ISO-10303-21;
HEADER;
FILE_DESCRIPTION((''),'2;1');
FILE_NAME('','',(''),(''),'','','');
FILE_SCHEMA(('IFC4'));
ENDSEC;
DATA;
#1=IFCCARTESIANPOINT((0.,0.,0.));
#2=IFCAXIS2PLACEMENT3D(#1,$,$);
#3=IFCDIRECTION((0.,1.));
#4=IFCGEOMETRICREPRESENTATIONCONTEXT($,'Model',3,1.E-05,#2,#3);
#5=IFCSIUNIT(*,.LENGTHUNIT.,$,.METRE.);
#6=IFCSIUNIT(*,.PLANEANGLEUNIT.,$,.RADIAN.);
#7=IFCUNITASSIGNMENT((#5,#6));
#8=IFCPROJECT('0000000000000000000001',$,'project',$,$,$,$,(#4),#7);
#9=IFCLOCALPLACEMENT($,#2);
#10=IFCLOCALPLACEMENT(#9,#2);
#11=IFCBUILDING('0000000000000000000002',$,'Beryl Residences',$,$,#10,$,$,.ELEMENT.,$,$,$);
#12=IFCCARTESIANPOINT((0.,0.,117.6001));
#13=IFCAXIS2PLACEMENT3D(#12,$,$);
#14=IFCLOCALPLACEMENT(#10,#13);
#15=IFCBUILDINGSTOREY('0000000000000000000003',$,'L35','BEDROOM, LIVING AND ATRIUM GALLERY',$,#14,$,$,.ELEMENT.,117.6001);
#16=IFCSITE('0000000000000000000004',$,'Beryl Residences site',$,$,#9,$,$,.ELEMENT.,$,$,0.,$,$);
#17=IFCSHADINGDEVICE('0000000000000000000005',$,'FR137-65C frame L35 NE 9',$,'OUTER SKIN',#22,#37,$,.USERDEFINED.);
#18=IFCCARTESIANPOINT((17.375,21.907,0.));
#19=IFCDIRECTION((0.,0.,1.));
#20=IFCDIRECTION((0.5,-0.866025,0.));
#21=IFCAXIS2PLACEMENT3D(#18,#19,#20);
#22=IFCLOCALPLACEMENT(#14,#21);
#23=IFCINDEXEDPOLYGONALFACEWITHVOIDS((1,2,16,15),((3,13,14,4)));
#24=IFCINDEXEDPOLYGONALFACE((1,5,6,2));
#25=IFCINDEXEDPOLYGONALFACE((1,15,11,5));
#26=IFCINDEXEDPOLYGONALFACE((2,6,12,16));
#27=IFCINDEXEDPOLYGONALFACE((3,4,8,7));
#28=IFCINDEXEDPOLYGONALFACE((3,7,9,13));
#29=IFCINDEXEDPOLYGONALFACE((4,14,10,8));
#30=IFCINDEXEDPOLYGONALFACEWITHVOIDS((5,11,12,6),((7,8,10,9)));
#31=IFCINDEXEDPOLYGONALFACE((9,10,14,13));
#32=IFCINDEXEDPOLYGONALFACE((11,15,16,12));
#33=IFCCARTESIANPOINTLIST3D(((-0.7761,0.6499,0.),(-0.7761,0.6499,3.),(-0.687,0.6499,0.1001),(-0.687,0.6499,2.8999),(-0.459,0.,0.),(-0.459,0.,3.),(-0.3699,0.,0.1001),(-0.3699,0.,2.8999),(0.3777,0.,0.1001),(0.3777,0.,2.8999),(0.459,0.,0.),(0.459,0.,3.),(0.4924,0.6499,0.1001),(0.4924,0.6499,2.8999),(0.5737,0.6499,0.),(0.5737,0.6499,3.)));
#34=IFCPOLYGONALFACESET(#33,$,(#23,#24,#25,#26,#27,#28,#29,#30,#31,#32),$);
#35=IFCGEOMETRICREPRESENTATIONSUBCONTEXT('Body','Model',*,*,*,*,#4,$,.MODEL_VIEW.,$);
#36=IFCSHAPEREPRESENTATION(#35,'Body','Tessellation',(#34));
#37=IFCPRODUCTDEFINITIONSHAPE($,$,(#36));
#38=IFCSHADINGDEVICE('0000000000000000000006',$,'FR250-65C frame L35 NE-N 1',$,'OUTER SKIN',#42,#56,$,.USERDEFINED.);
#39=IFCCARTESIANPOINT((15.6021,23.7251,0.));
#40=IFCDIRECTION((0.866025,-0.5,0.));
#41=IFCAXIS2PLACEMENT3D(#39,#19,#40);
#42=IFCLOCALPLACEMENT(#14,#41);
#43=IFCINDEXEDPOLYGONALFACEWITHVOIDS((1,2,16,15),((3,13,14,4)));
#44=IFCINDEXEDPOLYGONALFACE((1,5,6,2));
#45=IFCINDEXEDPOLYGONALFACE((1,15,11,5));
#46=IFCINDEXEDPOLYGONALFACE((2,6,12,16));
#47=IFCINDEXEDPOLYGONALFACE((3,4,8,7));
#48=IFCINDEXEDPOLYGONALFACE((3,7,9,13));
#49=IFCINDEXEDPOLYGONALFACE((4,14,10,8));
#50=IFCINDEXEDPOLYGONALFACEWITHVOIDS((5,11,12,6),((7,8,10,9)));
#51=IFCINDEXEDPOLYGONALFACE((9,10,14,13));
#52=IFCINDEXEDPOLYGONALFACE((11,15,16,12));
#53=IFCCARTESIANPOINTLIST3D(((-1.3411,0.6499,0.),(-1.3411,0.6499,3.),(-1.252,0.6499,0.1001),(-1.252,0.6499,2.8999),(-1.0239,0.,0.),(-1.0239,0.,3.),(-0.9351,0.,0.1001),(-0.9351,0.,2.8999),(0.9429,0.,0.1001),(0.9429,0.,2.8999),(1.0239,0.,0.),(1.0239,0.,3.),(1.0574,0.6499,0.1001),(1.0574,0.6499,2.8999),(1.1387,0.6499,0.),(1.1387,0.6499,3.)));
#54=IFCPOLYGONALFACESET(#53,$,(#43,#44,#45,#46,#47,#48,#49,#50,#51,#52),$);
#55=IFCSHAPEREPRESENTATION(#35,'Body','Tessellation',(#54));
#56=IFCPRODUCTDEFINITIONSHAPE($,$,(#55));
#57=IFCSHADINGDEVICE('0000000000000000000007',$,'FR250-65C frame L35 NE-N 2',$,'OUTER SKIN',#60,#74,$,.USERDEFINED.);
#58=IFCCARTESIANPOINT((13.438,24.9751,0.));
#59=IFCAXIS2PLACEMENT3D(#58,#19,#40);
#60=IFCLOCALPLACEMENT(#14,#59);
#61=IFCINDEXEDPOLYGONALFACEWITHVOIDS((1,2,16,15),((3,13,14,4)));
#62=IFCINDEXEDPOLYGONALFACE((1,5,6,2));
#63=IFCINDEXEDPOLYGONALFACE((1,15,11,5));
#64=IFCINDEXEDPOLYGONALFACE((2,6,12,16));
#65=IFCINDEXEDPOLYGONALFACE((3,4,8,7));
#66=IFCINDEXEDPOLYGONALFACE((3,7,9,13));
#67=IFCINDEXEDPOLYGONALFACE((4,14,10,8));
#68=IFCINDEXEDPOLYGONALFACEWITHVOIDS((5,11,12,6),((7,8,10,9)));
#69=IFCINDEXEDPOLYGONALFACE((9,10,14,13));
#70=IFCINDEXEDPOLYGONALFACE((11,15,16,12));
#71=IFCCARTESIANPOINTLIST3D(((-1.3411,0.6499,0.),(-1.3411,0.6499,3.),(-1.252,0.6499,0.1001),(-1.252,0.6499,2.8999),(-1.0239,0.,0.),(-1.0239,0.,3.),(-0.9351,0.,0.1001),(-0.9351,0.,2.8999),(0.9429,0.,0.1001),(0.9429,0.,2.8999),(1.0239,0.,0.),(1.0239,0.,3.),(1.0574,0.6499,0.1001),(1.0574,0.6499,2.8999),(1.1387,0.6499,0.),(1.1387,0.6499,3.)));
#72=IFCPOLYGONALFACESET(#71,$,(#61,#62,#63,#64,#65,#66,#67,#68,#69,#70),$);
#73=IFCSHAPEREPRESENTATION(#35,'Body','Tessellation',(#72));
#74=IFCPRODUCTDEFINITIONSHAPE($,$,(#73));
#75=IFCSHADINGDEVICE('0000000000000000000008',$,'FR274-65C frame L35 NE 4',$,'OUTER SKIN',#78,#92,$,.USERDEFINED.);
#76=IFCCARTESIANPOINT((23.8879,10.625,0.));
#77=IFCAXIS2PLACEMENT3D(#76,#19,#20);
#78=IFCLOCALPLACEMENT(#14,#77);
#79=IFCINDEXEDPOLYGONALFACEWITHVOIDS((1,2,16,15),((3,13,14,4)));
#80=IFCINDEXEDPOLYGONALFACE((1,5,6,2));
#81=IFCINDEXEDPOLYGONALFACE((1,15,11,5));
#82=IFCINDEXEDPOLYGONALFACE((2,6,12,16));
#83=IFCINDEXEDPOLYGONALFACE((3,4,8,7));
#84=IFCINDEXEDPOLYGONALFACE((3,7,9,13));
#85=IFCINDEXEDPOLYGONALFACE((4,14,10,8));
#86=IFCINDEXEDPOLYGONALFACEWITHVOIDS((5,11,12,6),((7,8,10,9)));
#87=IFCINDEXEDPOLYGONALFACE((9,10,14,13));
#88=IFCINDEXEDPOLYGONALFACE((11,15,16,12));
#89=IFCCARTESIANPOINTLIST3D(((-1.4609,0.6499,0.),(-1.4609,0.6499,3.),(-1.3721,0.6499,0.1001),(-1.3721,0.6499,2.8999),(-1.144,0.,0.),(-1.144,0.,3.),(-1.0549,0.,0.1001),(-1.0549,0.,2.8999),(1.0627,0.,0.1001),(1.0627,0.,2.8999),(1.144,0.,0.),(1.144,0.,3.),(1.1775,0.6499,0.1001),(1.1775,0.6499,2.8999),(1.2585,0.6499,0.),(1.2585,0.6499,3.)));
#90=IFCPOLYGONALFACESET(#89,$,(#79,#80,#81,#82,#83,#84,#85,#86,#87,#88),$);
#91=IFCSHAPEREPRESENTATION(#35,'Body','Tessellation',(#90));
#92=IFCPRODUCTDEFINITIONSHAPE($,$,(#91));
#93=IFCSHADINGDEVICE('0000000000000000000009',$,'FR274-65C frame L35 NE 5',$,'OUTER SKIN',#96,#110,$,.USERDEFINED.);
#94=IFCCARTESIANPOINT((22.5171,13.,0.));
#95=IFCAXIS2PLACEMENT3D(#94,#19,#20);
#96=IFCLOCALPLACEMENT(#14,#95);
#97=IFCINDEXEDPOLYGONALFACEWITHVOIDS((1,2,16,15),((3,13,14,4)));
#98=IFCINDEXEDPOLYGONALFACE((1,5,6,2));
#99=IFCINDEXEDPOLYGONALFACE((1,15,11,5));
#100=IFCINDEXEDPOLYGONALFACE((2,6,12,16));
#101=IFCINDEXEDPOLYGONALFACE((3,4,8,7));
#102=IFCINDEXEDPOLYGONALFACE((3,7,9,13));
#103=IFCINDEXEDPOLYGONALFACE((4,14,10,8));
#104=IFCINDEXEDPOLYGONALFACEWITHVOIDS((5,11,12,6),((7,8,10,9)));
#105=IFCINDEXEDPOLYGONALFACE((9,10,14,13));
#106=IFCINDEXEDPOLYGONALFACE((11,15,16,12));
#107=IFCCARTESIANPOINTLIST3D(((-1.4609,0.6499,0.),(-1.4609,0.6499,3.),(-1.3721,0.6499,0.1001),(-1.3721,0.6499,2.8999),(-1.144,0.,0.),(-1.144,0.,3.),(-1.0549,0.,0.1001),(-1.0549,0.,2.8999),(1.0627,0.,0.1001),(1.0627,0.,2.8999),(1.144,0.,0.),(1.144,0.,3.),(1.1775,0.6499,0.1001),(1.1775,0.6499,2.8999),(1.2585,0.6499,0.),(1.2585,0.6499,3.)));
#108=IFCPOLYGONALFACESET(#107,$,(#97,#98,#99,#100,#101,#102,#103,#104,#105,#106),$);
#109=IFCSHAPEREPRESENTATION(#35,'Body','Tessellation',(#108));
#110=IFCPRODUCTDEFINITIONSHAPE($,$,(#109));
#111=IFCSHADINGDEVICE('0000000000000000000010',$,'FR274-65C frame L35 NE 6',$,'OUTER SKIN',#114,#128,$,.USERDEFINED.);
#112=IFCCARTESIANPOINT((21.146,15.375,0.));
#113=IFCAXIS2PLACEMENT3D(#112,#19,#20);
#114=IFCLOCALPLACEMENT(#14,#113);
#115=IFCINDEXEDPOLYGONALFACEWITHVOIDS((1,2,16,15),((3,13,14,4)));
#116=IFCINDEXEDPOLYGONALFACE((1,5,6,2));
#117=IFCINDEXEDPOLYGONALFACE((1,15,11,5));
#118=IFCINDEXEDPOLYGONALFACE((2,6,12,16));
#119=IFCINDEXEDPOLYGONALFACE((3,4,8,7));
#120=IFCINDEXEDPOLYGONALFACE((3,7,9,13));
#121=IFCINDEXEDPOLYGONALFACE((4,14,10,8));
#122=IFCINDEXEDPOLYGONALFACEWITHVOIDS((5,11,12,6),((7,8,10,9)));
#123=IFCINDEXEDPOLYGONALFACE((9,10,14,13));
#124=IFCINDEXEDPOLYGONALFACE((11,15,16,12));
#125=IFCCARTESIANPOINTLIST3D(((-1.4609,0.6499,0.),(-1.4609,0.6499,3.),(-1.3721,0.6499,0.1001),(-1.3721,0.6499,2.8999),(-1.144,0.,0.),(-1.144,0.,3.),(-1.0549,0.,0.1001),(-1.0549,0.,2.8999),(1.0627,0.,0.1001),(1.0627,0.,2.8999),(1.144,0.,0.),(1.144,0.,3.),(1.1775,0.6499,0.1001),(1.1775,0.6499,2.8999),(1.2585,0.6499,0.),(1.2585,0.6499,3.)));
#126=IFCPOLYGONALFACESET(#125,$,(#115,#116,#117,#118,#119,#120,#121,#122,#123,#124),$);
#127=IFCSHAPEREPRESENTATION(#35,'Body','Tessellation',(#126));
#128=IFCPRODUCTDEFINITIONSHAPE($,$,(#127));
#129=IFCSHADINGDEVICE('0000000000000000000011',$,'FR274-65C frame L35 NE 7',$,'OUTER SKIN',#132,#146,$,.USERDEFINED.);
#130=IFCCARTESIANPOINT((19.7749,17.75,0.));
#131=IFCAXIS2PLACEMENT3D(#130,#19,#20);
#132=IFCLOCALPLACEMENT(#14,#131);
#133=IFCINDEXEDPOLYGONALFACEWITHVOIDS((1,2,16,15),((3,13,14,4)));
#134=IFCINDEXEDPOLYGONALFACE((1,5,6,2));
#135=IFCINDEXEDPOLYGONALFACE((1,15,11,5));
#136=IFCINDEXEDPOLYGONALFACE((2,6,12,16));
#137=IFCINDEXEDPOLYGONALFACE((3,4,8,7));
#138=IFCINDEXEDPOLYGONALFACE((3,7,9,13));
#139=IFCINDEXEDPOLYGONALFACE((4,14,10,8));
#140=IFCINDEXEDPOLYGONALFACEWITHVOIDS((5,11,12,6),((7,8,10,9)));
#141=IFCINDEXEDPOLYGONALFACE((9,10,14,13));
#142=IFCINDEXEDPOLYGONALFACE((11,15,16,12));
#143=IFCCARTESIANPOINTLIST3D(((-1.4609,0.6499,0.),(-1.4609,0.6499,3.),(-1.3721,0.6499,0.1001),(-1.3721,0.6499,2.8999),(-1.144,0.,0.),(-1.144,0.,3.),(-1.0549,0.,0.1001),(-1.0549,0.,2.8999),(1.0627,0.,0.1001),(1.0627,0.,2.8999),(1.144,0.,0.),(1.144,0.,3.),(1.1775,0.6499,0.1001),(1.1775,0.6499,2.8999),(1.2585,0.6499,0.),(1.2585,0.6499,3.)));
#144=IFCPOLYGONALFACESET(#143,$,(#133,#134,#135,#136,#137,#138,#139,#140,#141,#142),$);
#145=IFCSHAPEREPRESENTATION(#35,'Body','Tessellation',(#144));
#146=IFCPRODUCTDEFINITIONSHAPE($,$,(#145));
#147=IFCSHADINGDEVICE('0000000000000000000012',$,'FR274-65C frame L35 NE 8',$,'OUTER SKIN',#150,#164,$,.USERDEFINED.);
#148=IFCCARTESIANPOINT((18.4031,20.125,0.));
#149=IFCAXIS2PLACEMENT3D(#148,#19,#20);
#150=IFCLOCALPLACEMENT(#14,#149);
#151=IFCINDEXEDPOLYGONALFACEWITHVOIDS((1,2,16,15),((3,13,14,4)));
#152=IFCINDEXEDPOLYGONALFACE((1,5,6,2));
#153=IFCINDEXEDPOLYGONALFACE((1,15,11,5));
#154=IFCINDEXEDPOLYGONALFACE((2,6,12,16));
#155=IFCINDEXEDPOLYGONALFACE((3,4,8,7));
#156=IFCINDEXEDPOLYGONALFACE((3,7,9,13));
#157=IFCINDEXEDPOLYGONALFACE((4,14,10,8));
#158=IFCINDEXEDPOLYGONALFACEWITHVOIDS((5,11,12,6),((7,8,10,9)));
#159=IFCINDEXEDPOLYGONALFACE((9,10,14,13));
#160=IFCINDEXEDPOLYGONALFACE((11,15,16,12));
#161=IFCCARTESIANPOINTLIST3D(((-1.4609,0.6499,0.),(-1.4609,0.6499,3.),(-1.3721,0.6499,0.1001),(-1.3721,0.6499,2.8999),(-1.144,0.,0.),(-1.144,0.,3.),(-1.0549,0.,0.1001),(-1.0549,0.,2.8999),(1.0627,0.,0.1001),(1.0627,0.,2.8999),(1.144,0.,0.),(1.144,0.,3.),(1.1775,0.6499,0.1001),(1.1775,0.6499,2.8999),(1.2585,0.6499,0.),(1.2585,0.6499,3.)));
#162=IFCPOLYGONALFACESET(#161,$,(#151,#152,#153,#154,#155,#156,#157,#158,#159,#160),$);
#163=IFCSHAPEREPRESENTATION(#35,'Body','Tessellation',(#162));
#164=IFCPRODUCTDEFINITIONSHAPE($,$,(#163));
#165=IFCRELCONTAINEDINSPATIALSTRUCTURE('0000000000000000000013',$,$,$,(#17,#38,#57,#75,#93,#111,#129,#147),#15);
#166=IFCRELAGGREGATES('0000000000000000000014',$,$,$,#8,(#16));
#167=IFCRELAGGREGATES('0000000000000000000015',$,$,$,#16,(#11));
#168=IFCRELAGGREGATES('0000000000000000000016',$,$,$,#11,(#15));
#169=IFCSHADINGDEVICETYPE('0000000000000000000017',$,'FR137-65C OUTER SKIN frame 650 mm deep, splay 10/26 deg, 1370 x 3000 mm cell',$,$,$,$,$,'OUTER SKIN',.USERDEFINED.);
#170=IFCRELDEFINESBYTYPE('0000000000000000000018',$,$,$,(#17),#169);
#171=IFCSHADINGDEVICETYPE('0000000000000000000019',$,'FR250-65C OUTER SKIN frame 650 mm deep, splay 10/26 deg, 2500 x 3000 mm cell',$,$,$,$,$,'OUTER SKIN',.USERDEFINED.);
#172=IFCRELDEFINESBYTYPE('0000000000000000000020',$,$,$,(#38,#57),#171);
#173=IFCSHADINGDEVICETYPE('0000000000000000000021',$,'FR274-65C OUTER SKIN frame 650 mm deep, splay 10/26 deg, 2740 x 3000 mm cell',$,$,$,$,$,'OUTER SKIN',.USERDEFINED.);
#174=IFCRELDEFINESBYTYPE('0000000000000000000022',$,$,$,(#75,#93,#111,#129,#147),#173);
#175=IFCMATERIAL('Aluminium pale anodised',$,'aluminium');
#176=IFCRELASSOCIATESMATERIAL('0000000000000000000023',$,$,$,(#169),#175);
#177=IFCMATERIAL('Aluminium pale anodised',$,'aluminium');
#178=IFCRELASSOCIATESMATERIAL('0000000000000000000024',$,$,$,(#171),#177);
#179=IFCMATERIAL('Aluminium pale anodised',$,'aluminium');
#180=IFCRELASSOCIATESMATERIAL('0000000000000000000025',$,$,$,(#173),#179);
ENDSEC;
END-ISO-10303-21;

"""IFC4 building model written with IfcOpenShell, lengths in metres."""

from ifc_helpers import new_model, entity, si_unit, direction, frame, origin, place, context, subcontext, project, spatial, source, transform, mapped, material, type_object, type_shapes, element, save


model = new_model("IFC4")

# Units and contexts
model_context = context("Model", 3, precision=1e-05, world=origin(), true_north=direction((0.0, 1.0)))
body_context = subcontext(model_context, "Body", "Model", "MODEL_VIEW")
ifc_project = project(units=[si_unit("LENGTHUNIT", "METRE"), si_unit("PLANEANGLEUNIT", "RADIAN")], contexts=[model_context])

# Site, building, storey
site_placement = place(None, origin())
site = spatial("IfcSite", under=ifc_project, at=site_placement, Name="Beryl Residences site", CompositionType="ELEMENT", RefElevation=0.0)
building_placement = place(site_placement, origin())
building = spatial("IfcBuilding", under=site, at=building_placement, Name="Beryl Residences", CompositionType="ELEMENT")
storey_placement = place(building_placement, frame((0.0, 0.0, 117.6001)))
storey = spatial("IfcBuildingStorey", under=building, at=storey_placement, Name="L35", Description="BEDROOM, LIVING AND ATRIUM GALLERY", CompositionType="ELEMENT", Elevation=117.6001)

# Shading devices
ifc_material_1 = material(Name="Aluminium pale anodised", Category="aluminium")
shading_device_type_1 = type_object("IfcShadingDeviceType", Name="FR137-65C OUTER SKIN frame 650 mm deep, splay 10/26 deg, 1370 x 3000 mm cell", ElementType="OUTER SKIN", PredefinedType="USERDEFINED", material=ifc_material_1)
cartesian_point_1 = entity("IfcCartesianPoint", [-0.459, 0.0])
cartesian_point_2 = entity("IfcCartesianPoint", [-0.3777, 0.1001])
cartesian_point_3 = entity("IfcCartesianPoint", [-0.5737, 0.0])
cartesian_point_4 = entity("IfcCartesianPoint", [-0.4924, 0.1001])
shared_shape_1 = source(origin(), body_context, "Body", "SweptSolid", [
    entity("IfcExtrudedAreaSolidTapered", entity("IfcArbitraryProfileDefWithVoids", "AREA", None, entity("IfcPolyline", [cartesian_point_1, entity("IfcCartesianPoint", [0.459, 0.0]), entity("IfcCartesianPoint", [0.459, 3.0]), entity("IfcCartesianPoint", [-0.459, 3.0]), cartesian_point_1]), [entity("IfcPolyline", [cartesian_point_2, entity("IfcCartesianPoint", [0.3699, 0.1001]), entity("IfcCartesianPoint", [0.3699, 2.8999]), entity("IfcCartesianPoint", [-0.3777, 2.8999]), cartesian_point_2])]), entity("IfcAxis2Placement3D", entity("IfcCartesianPoint", [0.0, 0.0, 0.0]), entity("IfcDirection", [0.0, 1.0, 0.0]), entity("IfcDirection", [-1.0, 0.0, 0.0])), entity("IfcDirection", [0.0, 0.0, 1.0]), 0.6499, entity("IfcArbitraryProfileDefWithVoids", "AREA", None, entity("IfcPolyline", [cartesian_point_3, entity("IfcCartesianPoint", [0.7761, 0.0]), entity("IfcCartesianPoint", [0.7761, 3.0]), entity("IfcCartesianPoint", [-0.5737, 3.0]), cartesian_point_3]), [entity("IfcPolyline", [cartesian_point_4, entity("IfcCartesianPoint", [0.687, 0.1001]), entity("IfcCartesianPoint", [0.687, 2.8999]), entity("IfcCartesianPoint", [-0.4924, 2.8999]), cartesian_point_4])])),
])
type_shapes(shading_device_type_1, [shared_shape_1])
shading_device_placement = place(storey_placement, frame((17.375, 21.907, 0.0), z_axis=(0.0, 0.0, 1.0), x_axis=(0.5, -0.866025, 0.0)))
element("IfcShadingDevice", 1, at=shading_device_placement, inside=storey, type_object=shading_device_type_1, Name="FR137-65C frame L35 NE 9", ObjectType="OUTER SKIN", PredefinedType="USERDEFINED", context=body_context, shape_type="MappedRepresentation", body=[
    mapped(shared_shape_1, transform((0.0, 0.0, 0.0))),
])
ifc_material_2 = material(Name="Aluminium pale anodised", Category="aluminium")
shading_device_type_2 = type_object("IfcShadingDeviceType", Name="FR250-65C OUTER SKIN frame 650 mm deep, splay 10/26 deg, 2500 x 3000 mm cell", ElementType="OUTER SKIN", PredefinedType="USERDEFINED", material=ifc_material_2)
cartesian_point_5 = entity("IfcCartesianPoint", [-1.0239, 0.0])
cartesian_point_6 = entity("IfcCartesianPoint", [-0.9429, 0.1001])
cartesian_point_7 = entity("IfcCartesianPoint", [-1.1387, 0.0])
cartesian_point_8 = entity("IfcCartesianPoint", [-1.0574, 0.1001])
shared_shape_2 = source(origin(), body_context, "Body", "SweptSolid", [
    entity("IfcExtrudedAreaSolidTapered", entity("IfcArbitraryProfileDefWithVoids", "AREA", None, entity("IfcPolyline", [cartesian_point_5, entity("IfcCartesianPoint", [1.0239, 0.0]), entity("IfcCartesianPoint", [1.0239, 3.0]), entity("IfcCartesianPoint", [-1.0239, 3.0]), cartesian_point_5]), [entity("IfcPolyline", [cartesian_point_6, entity("IfcCartesianPoint", [0.9351, 0.1001]), entity("IfcCartesianPoint", [0.9351, 2.8999]), entity("IfcCartesianPoint", [-0.9429, 2.8999]), cartesian_point_6])]), entity("IfcAxis2Placement3D", entity("IfcCartesianPoint", [0.0, 0.0, 0.0]), entity("IfcDirection", [0.0, 1.0, 0.0]), entity("IfcDirection", [-1.0, 0.0, 0.0])), entity("IfcDirection", [0.0, 0.0, 1.0]), 0.6499, entity("IfcArbitraryProfileDefWithVoids", "AREA", None, entity("IfcPolyline", [cartesian_point_7, entity("IfcCartesianPoint", [1.3411, 0.0]), entity("IfcCartesianPoint", [1.3411, 3.0]), entity("IfcCartesianPoint", [-1.1387, 3.0]), cartesian_point_7]), [entity("IfcPolyline", [cartesian_point_8, entity("IfcCartesianPoint", [1.252, 0.1001]), entity("IfcCartesianPoint", [1.252, 2.8999]), entity("IfcCartesianPoint", [-1.0574, 2.8999]), cartesian_point_8])])),
])
type_shapes(shading_device_type_2, [shared_shape_2])
for number, where, z_axis, x_axis, name in (
    (2, (15.6021, 23.7251, 0.0), (0.0, 0.0, 1.0), (0.866025, -0.5, 0.0), "FR250-65C frame L35 NE-N 1"),
    (3, (13.438, 24.9751, 0.0), (0.0, 0.0, 1.0), (0.866025, -0.5, 0.0), "FR250-65C frame L35 NE-N 2"),
):
    element("IfcShadingDevice", number, at=place(storey_placement, frame(where, z_axis=z_axis, x_axis=x_axis)), inside=storey, type_object=shading_device_type_2, Name=name, ObjectType="OUTER SKIN", PredefinedType="USERDEFINED", context=body_context, shape_type="MappedRepresentation", body=[
        mapped(shared_shape_2, transform((0.0, 0.0, 0.0))),
    ])
ifc_material_3 = material(Name="Aluminium pale anodised", Category="aluminium")
shading_device_type_3 = type_object("IfcShadingDeviceType", Name="FR274-65C OUTER SKIN frame 650 mm deep, splay 10/26 deg, 2740 x 3000 mm cell", ElementType="OUTER SKIN", PredefinedType="USERDEFINED", material=ifc_material_3)
cartesian_point_9 = entity("IfcCartesianPoint", [-1.144, 0.0])
cartesian_point_10 = entity("IfcCartesianPoint", [-1.0627, 0.1001])
cartesian_point_11 = entity("IfcCartesianPoint", [-1.2585, 0.0])
cartesian_point_12 = entity("IfcCartesianPoint", [-1.1775, 0.1001])
shared_shape_3 = source(origin(), body_context, "Body", "SweptSolid", [
    entity("IfcExtrudedAreaSolidTapered", entity("IfcArbitraryProfileDefWithVoids", "AREA", None, entity("IfcPolyline", [cartesian_point_9, entity("IfcCartesianPoint", [1.144, 0.0]), entity("IfcCartesianPoint", [1.144, 3.0]), entity("IfcCartesianPoint", [-1.144, 3.0]), cartesian_point_9]), [entity("IfcPolyline", [cartesian_point_10, entity("IfcCartesianPoint", [1.0549, 0.1001]), entity("IfcCartesianPoint", [1.0549, 2.8999]), entity("IfcCartesianPoint", [-1.0627, 2.8999]), cartesian_point_10])]), entity("IfcAxis2Placement3D", entity("IfcCartesianPoint", [0.0, 0.0, 0.0]), entity("IfcDirection", [0.0, 1.0, 0.0]), entity("IfcDirection", [-1.0, 0.0, 0.0])), entity("IfcDirection", [0.0, 0.0, 1.0]), 0.6499, entity("IfcArbitraryProfileDefWithVoids", "AREA", None, entity("IfcPolyline", [cartesian_point_11, entity("IfcCartesianPoint", [1.4609, 0.0]), entity("IfcCartesianPoint", [1.4609, 3.0]), entity("IfcCartesianPoint", [-1.2585, 3.0]), cartesian_point_11]), [entity("IfcPolyline", [cartesian_point_12, entity("IfcCartesianPoint", [1.3721, 0.1001]), entity("IfcCartesianPoint", [1.3721, 2.8999]), entity("IfcCartesianPoint", [-1.1775, 2.8999]), cartesian_point_12])])),
])
type_shapes(shading_device_type_3, [shared_shape_3])
for number, where, z_axis, x_axis, name in (
    (4, (23.8879, 10.625, 0.0), (0.0, 0.0, 1.0), (0.5, -0.866025, 0.0), "FR274-65C frame L35 NE 4"),
    (5, (22.5171, 13.0, 0.0), (0.0, 0.0, 1.0), (0.5, -0.866025, 0.0), "FR274-65C frame L35 NE 5"),
    (6, (21.146, 15.375, 0.0), (0.0, 0.0, 1.0), (0.5, -0.866025, 0.0), "FR274-65C frame L35 NE 6"),
    (7, (19.7749, 17.75, 0.0), (0.0, 0.0, 1.0), (0.5, -0.866025, 0.0), "FR274-65C frame L35 NE 7"),
    (8, (18.4031, 20.125, 0.0), (0.0, 0.0, 1.0), (0.5, -0.866025, 0.0), "FR274-65C frame L35 NE 8"),
):
    element("IfcShadingDevice", number, at=place(storey_placement, frame(where, z_axis=z_axis, x_axis=x_axis)), inside=storey, type_object=shading_device_type_3, Name=name, ObjectType="OUTER SKIN", PredefinedType="USERDEFINED", context=body_context, shape_type="MappedRepresentation", body=[
        mapped(shared_shape_3, transform((0.0, 0.0, 0.0))),
    ])

save(model, "model.ifc")
